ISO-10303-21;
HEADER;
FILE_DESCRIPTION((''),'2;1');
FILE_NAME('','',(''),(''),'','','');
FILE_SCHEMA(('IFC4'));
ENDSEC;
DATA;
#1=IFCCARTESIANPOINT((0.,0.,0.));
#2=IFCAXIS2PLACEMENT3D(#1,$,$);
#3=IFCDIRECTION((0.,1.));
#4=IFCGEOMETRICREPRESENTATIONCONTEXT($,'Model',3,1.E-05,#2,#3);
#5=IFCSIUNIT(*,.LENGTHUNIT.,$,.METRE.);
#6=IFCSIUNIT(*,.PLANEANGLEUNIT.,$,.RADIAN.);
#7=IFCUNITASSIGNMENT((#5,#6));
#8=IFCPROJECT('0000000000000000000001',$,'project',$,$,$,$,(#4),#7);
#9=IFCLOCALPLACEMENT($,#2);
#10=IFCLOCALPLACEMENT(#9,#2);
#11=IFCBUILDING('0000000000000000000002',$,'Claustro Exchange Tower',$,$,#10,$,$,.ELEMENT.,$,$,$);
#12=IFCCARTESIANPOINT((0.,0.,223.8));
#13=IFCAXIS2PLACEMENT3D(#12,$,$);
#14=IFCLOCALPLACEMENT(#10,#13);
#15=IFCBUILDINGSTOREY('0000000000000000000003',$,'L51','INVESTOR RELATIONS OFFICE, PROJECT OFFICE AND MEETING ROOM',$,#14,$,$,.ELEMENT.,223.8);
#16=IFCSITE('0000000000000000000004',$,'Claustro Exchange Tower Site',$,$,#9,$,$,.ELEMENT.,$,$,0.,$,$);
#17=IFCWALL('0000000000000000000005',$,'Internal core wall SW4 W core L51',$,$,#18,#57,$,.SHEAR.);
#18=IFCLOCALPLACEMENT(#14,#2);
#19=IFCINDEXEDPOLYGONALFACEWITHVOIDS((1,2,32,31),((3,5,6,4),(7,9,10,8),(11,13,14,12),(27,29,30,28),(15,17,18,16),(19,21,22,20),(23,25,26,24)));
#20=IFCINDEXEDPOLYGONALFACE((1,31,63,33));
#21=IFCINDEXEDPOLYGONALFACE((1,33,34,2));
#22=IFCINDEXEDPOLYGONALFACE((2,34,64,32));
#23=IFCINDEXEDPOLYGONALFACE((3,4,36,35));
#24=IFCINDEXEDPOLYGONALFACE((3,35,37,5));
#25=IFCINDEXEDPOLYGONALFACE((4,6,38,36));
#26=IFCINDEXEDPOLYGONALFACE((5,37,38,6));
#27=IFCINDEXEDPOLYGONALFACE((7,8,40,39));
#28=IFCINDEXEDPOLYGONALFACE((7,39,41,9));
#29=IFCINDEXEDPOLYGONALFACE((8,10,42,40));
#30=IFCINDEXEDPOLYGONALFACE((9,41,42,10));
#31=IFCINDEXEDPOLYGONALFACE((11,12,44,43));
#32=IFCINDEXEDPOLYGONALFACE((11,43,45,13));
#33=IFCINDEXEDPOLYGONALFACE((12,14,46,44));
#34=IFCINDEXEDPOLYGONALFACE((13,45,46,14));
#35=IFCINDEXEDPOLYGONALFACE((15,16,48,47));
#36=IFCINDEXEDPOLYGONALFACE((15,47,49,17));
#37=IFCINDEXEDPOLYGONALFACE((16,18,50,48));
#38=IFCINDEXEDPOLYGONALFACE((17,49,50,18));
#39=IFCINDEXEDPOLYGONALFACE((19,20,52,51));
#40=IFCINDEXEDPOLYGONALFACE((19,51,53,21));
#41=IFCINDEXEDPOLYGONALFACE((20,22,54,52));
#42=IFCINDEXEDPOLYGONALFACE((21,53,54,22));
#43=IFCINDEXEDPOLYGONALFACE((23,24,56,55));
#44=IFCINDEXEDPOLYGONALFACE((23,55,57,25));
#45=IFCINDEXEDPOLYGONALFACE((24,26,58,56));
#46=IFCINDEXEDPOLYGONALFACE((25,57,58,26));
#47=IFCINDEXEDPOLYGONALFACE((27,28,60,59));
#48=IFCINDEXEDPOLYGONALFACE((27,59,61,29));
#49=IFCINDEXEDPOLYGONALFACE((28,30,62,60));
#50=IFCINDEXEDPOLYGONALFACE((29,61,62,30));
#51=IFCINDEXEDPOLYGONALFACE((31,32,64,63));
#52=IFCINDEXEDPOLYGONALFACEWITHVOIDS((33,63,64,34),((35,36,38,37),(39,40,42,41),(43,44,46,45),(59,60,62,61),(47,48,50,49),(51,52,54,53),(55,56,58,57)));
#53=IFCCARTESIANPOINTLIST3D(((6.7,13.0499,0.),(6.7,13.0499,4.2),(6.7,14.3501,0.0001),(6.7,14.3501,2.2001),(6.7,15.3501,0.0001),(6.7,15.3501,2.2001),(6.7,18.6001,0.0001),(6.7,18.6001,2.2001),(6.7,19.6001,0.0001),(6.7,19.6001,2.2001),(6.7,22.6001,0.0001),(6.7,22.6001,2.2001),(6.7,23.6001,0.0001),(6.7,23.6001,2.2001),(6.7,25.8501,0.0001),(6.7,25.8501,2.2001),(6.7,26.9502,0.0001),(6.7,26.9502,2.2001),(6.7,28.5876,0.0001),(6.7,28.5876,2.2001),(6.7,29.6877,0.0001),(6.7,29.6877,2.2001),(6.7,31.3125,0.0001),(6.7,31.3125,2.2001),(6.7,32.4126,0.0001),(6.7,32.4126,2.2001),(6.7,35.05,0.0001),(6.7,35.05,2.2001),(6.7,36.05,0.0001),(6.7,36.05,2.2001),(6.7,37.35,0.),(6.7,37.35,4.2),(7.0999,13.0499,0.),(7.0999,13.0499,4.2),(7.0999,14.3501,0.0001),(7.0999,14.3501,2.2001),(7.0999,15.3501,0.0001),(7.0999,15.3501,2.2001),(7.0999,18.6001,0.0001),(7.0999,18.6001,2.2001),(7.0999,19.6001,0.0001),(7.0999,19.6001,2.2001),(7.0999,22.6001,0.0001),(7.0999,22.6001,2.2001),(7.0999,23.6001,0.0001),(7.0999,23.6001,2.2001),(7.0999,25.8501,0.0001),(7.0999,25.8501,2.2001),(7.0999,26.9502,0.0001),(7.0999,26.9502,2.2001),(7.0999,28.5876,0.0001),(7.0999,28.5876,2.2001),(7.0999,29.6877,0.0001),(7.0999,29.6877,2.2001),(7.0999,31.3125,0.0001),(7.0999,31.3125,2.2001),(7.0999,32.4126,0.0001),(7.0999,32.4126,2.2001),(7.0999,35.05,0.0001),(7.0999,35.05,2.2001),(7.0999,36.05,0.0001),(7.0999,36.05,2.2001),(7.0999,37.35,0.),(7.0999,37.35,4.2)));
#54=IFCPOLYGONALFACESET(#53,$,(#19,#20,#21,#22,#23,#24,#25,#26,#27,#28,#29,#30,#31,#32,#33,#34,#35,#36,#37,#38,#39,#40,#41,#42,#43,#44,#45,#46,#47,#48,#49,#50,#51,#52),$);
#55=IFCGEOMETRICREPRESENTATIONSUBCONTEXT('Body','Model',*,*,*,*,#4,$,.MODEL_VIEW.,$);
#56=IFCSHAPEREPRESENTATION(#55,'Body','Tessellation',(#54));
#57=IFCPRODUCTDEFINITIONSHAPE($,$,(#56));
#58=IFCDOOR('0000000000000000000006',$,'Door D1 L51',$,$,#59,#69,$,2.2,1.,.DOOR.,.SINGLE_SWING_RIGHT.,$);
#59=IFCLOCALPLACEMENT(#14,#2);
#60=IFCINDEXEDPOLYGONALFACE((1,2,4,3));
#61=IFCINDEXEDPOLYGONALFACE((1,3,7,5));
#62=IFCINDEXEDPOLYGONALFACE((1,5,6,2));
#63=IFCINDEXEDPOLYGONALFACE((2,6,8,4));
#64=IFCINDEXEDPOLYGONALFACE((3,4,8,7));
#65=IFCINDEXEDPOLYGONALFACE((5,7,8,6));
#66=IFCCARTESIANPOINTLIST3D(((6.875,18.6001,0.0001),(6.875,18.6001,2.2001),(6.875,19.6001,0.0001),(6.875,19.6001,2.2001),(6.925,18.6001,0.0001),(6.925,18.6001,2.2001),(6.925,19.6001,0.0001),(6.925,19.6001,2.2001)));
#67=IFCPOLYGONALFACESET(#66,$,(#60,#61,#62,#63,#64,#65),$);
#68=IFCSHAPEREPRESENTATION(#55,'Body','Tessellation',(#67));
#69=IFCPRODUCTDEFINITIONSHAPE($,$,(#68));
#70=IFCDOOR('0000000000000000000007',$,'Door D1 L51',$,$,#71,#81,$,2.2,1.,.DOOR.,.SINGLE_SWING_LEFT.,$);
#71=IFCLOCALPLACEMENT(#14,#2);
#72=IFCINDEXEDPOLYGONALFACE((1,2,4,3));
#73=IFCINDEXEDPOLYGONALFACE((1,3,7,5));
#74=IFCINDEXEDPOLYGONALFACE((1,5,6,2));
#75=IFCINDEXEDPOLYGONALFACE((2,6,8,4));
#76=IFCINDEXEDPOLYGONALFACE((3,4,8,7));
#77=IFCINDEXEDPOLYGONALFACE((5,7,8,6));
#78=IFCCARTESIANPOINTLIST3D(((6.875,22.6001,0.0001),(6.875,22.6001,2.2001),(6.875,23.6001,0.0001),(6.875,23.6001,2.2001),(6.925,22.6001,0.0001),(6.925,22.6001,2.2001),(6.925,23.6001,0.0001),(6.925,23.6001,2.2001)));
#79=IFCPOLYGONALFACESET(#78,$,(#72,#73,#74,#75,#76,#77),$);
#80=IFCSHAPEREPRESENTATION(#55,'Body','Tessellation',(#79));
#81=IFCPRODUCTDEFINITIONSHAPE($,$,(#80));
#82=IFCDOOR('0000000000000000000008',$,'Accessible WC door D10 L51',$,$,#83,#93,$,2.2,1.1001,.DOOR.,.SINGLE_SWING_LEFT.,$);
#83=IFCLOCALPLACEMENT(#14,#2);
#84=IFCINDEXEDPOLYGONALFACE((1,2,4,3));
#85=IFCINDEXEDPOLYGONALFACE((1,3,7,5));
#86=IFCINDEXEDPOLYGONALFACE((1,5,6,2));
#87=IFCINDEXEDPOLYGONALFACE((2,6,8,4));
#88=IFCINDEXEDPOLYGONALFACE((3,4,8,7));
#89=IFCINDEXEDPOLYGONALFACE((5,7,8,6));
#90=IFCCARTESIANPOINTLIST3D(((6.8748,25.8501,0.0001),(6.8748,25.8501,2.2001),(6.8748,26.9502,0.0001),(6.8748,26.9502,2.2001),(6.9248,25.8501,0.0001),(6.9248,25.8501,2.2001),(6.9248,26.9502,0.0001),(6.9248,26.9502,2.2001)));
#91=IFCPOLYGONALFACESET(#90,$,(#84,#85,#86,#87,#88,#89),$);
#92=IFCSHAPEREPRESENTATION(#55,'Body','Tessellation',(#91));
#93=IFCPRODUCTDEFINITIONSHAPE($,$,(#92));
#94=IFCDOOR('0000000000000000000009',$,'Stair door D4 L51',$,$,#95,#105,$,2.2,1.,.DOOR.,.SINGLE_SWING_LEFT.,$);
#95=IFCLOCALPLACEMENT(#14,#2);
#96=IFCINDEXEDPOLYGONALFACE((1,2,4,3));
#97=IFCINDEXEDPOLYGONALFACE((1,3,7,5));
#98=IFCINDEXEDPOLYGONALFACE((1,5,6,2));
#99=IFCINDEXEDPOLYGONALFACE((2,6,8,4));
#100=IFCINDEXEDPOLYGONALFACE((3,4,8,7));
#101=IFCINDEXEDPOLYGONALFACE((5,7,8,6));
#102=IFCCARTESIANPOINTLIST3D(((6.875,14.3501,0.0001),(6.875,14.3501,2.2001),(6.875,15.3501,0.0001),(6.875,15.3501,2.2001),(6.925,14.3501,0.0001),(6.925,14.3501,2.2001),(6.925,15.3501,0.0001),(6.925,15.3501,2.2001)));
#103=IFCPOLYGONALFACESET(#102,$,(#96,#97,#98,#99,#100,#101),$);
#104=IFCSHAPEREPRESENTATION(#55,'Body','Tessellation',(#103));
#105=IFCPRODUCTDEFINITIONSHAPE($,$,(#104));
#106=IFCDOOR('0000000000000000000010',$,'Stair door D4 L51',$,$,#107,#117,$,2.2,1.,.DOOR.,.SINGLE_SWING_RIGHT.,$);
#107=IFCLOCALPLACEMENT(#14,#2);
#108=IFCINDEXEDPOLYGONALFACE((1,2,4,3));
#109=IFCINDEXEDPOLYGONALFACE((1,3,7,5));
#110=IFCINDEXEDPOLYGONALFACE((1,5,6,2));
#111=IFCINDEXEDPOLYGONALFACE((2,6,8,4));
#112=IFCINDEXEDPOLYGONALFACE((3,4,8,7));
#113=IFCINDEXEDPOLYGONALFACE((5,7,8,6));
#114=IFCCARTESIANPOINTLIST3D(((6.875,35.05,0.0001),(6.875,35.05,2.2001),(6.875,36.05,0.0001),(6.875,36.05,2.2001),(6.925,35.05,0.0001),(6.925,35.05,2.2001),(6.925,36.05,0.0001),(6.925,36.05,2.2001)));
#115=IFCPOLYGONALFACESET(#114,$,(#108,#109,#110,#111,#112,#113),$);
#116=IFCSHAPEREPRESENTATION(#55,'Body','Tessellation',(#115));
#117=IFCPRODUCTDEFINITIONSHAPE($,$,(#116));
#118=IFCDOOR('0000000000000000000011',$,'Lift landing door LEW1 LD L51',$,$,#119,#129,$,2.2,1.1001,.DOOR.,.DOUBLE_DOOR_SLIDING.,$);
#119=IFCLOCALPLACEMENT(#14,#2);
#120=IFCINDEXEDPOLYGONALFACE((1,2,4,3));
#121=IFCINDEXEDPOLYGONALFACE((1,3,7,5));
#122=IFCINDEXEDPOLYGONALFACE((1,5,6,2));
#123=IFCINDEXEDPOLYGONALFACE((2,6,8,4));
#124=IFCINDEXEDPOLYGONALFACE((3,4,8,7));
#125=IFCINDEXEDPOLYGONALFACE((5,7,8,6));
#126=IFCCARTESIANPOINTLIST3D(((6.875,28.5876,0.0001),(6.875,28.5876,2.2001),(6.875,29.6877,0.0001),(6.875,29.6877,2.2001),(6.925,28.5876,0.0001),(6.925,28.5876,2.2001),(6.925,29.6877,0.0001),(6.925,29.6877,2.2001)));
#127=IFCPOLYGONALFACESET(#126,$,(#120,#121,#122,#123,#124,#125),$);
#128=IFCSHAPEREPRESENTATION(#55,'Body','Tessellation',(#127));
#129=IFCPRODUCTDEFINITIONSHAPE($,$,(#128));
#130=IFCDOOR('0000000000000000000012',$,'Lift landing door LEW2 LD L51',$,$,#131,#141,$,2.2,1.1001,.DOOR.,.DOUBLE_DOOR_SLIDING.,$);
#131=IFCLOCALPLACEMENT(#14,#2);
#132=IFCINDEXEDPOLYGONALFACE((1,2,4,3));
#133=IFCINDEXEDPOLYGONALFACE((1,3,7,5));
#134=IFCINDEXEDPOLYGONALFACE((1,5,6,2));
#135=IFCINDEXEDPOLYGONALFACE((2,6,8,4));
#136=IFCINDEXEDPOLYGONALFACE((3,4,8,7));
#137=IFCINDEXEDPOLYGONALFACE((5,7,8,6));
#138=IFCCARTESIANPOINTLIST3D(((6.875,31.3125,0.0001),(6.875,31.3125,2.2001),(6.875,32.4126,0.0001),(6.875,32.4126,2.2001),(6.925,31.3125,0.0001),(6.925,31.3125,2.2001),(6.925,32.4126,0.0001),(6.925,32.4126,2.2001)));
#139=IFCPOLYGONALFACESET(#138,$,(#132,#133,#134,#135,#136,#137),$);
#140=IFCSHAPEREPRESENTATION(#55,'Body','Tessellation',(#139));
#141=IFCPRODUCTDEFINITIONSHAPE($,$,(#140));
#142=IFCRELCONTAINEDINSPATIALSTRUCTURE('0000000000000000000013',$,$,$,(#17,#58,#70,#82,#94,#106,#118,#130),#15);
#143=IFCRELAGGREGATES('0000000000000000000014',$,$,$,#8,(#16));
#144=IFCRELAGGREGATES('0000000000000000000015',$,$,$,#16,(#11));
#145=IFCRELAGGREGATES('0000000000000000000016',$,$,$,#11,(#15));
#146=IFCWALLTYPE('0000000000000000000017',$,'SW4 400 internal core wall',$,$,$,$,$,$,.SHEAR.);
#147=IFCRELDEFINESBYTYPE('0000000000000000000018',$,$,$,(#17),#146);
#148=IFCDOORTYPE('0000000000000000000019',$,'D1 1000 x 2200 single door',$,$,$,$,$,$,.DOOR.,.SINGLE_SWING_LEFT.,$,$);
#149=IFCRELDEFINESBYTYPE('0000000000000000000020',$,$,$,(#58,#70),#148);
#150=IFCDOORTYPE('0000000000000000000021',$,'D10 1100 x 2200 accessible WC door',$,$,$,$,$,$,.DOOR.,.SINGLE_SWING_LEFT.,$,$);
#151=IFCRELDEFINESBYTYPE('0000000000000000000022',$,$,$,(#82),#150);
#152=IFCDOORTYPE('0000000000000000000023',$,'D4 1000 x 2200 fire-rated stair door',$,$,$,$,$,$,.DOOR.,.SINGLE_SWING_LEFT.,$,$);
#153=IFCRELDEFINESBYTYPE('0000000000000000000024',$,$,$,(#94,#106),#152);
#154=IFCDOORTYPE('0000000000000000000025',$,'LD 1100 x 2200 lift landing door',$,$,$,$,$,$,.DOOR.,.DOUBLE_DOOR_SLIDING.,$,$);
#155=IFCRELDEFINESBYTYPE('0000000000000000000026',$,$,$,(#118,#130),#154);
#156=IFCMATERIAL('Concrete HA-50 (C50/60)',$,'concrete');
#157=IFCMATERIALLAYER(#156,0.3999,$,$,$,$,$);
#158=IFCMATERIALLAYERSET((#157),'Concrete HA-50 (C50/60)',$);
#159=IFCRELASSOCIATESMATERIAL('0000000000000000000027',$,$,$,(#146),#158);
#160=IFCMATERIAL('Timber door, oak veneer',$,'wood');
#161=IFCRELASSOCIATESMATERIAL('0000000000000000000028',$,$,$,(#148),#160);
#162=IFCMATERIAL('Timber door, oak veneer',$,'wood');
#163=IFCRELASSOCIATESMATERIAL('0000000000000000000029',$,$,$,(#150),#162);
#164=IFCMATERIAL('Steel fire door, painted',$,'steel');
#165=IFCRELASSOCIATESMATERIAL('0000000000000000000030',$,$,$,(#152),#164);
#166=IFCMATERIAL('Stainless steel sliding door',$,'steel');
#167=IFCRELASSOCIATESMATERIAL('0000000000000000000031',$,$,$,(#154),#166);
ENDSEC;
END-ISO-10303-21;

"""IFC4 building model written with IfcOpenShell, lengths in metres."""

from ifc_helpers import new_model, si_unit, direction, frame, frame_2d, origin, place, context, subcontext, project, spatial, rectangle, extrude, material, layer, layer_set, type_object, element, fill, save


model = new_model("IFC4")

# Units and contexts
model_context = context("Model", 3, precision=1e-05, world=origin(), true_north=direction((0.0, 1.0)))
body_context = subcontext(model_context, "Body", "Model", "MODEL_VIEW")
ifc_project = project(units=[si_unit("LENGTHUNIT", "METRE"), si_unit("PLANEANGLEUNIT", "RADIAN")], contexts=[model_context])

# Site, building, storey
site_placement = place(None, origin())
site = spatial("IfcSite", under=ifc_project, at=site_placement, Name="Claustro Exchange Tower Site", CompositionType="ELEMENT", RefElevation=0.0)
building_placement = place(site_placement, origin())
building = spatial("IfcBuilding", under=site, at=building_placement, Name="Claustro Exchange Tower", CompositionType="ELEMENT")
storey_placement = place(building_placement, frame((0.0, 0.0, 223.8)))
storey = spatial("IfcBuildingStorey", under=building, at=storey_placement, Name="L51", Description="INVESTOR RELATIONS OFFICE, PROJECT OFFICE AND MEETING ROOM", CompositionType="ELEMENT", Elevation=223.8)

# Wall, openings, doors
ifc_material_1 = material(Name="Concrete HA-50 (C50/60)", Category="concrete")
ifc_layer_1 = layer(ifc_material_1, 0.3999)
ifc_layer_set_1 = layer_set([ifc_layer_1], Name="Concrete HA-50 (C50/60)")
wall_type_1 = type_object("IfcWallType", Name="SW4 400 internal core wall", PredefinedType="SHEAR", material=ifc_layer_set_1)
wall_1_placement = place(storey_placement, frame((6.8999, 13.05, 0.0), z_axis=(0.0, 0.0, 1.0), x_axis=(0.0, 1.0, 0.0)))
wall_1 = element("IfcWall", 1, at=wall_1_placement, inside=storey, type_object=wall_type_1, Name="Internal core wall SW4 W core L51", PredefinedType="SHEAR", context=body_context, shape_type="SweptSolid", body=[
    extrude(rectangle(XDim=24.3, YDim=0.3999, at=frame_2d((12.1499, 0.0))), origin(), (0.0, 0.0, 1.0), 4.2),
])
opening_1_placement = place(wall_1_placement, frame((1.3, 0.0, 0.0)))
opening_1 = element("IfcOpeningElement", 2, at=opening_1_placement, cuts=wall_1, PredefinedType="OPENING", context=body_context, shape_type="SweptSolid", body=[
    extrude(rectangle(XDim=1.0, YDim=2.2, at=frame_2d((0.5, 1.1001))), frame((0.0, 0.21, 0.0), z_axis=(0.0, -1.0, 0.0), x_axis=(1.0, 0.0, 0.0)), (0.0, 0.0, 1.0), 0.4199),
])
opening_2_placement = place(wall_1_placement, frame((22.0, 0.0, 0.0)))
opening_2 = element("IfcOpeningElement", 3, at=opening_2_placement, cuts=wall_1, PredefinedType="OPENING", context=body_context, shape_type="SweptSolid", body=[
    extrude(rectangle(XDim=1.0, YDim=2.2, at=frame_2d((0.5, 1.1001))), frame((0.0, 0.21, 0.0), z_axis=(0.0, -1.0, 0.0), x_axis=(1.0, 0.0, 0.0)), (0.0, 0.0, 1.0), 0.4199),
])
opening_3_placement = place(wall_1_placement, frame((5.55, 0.0, 0.0)))
opening_3 = element("IfcOpeningElement", 4, at=opening_3_placement, cuts=wall_1, PredefinedType="OPENING", context=body_context, shape_type="SweptSolid", body=[
    extrude(rectangle(XDim=1.0, YDim=2.2, at=frame_2d((0.5, 1.1001))), frame((0.0, 0.21, 0.0), z_axis=(0.0, -1.0, 0.0), x_axis=(1.0, 0.0, 0.0)), (0.0, 0.0, 1.0), 0.4199),
])
opening_4_placement = place(wall_1_placement, frame((9.55, 0.0, 0.0)))
opening_4 = element("IfcOpeningElement", 5, at=opening_4_placement, cuts=wall_1, PredefinedType="OPENING", context=body_context, shape_type="SweptSolid", body=[
    extrude(rectangle(XDim=1.0, YDim=2.2, at=frame_2d((0.5, 1.1001))), frame((0.0, 0.21, 0.0), z_axis=(0.0, -1.0, 0.0), x_axis=(1.0, 0.0, 0.0)), (0.0, 0.0, 1.0), 0.4199),
])
opening_5_placement = place(wall_1_placement, frame((12.8, 0.0, 0.0)))
opening_5 = element("IfcOpeningElement", 6, at=opening_5_placement, cuts=wall_1, PredefinedType="OPENING", context=body_context, shape_type="SweptSolid", body=[
    extrude(rectangle(XDim=1.1001, YDim=2.2, at=frame_2d((0.55, 1.1001))), frame((0.0, 0.21, 0.0), z_axis=(0.0, -1.0, 0.0), x_axis=(1.0, 0.0, 0.0)), (0.0, 0.0, 1.0), 0.4199),
])
opening_6_placement = place(wall_1_placement, frame((15.5376, 0.0, 0.0)))
opening_6 = element("IfcOpeningElement", 7, at=opening_6_placement, cuts=wall_1, PredefinedType="OPENING", context=body_context, shape_type="SweptSolid", body=[
    extrude(rectangle(XDim=1.1001, YDim=2.2, at=frame_2d((0.55, 1.1001))), frame((0.0, 0.21, 0.0), z_axis=(0.0, -1.0, 0.0), x_axis=(1.0, 0.0, 0.0)), (0.0, 0.0, 1.0), 0.4199),
])
opening_7_placement = place(wall_1_placement, frame((18.2625, 0.0, 0.0)))
opening_7 = element("IfcOpeningElement", 8, at=opening_7_placement, cuts=wall_1, PredefinedType="OPENING", context=body_context, shape_type="SweptSolid", body=[
    extrude(rectangle(XDim=1.1001, YDim=2.2, at=frame_2d((0.55, 1.1001))), frame((0.0, 0.21, 0.0), z_axis=(0.0, -1.0, 0.0), x_axis=(1.0, 0.0, 0.0)), (0.0, 0.0, 1.0), 0.4199),
])
ifc_material_2 = material(Name="Timber door, oak veneer", Category="wood")
door_type_1 = type_object("IfcDoorType", Name="D1 1000 x 2200 single door", OperationType="SINGLE_SWING_LEFT", PredefinedType="DOOR", material=ifc_material_2)
door_1_placement = place(opening_3_placement, origin())
door_1 = element("IfcDoor", 9, at=door_1_placement, inside=storey, type_object=door_type_1, Name="Door D1 L51", OperationType="SINGLE_SWING_RIGHT", OverallHeight=2.2, OverallWidth=1.0, PredefinedType="DOOR", context=body_context, shape_type="SweptSolid", body=[
    extrude(rectangle(XDim=1.0, YDim=2.2, at=frame_2d((0.5, 1.1001))), frame((0.0, 0.0249, 0.0), z_axis=(0.0, -1.0, 0.0), x_axis=(1.0, 0.0, 0.0)), (0.0, 0.0, 1.0), 0.05),
])
fill(opening_3, door_1)
door_2_placement = place(opening_4_placement, origin())
door_2 = element("IfcDoor", 10, at=door_2_placement, inside=storey, type_object=door_type_1, Name="Door D1 L51", OperationType="SINGLE_SWING_LEFT", OverallHeight=2.2, OverallWidth=1.0, PredefinedType="DOOR", context=body_context, shape_type="SweptSolid", body=[
    extrude(rectangle(XDim=1.0, YDim=2.2, at=frame_2d((0.5, 1.1001))), frame((0.0, 0.0249, 0.0), z_axis=(0.0, -1.0, 0.0), x_axis=(1.0, 0.0, 0.0)), (0.0, 0.0, 1.0), 0.05),
])
fill(opening_4, door_2)
ifc_material_3 = material(Name="Timber door, oak veneer", Category="wood")
door_type_2 = type_object("IfcDoorType", Name="D10 1100 x 2200 accessible WC door", OperationType="SINGLE_SWING_LEFT", PredefinedType="DOOR", material=ifc_material_3)
door_3_placement = place(opening_5_placement, frame((1.1001, 0.0, 0.0), z_axis=(0.0, 0.0, 1.0), x_axis=(-1.0, 0.0, 0.0)))
door_3 = element("IfcDoor", 11, at=door_3_placement, inside=storey, type_object=door_type_2, Name="Accessible WC door D10 L51", OperationType="SINGLE_SWING_LEFT", OverallHeight=2.2, OverallWidth=1.1001, PredefinedType="DOOR", context=body_context, shape_type="SweptSolid", body=[
    extrude(rectangle(XDim=1.1001, YDim=2.2, at=frame_2d((0.55, 1.1001))), frame((0.0, 0.0249, 0.0), z_axis=(0.0, -1.0, 0.0), x_axis=(1.0, 0.0, 0.0)), (0.0, 0.0, 1.0), 0.05),
])
fill(opening_5, door_3)
ifc_material_4 = material(Name="Steel fire door, painted", Category="steel")
door_type_3 = type_object("IfcDoorType", Name="D4 1000 x 2200 fire-rated stair door", OperationType="SINGLE_SWING_LEFT", PredefinedType="DOOR", material=ifc_material_4)
door_4_placement = place(opening_1_placement, origin())
door_4 = element("IfcDoor", 12, at=door_4_placement, inside=storey, type_object=door_type_3, Name="Stair door D4 L51", OperationType="SINGLE_SWING_LEFT", OverallHeight=2.2, OverallWidth=1.0, PredefinedType="DOOR", context=body_context, shape_type="SweptSolid", body=[
    extrude(rectangle(XDim=1.0, YDim=2.2, at=frame_2d((0.5, 1.1001))), frame((0.0, 0.0249, 0.0), z_axis=(0.0, -1.0, 0.0), x_axis=(1.0, 0.0, 0.0)), (0.0, 0.0, 1.0), 0.05),
])
fill(opening_1, door_4)
door_5_placement = place(opening_2_placement, origin())
door_5 = element("IfcDoor", 13, at=door_5_placement, inside=storey, type_object=door_type_3, Name="Stair door D4 L51", OperationType="SINGLE_SWING_RIGHT", OverallHeight=2.2, OverallWidth=1.0, PredefinedType="DOOR", context=body_context, shape_type="SweptSolid", body=[
    extrude(rectangle(XDim=1.0, YDim=2.2, at=frame_2d((0.5, 1.1001))), frame((0.0, 0.0249, 0.0), z_axis=(0.0, -1.0, 0.0), x_axis=(1.0, 0.0, 0.0)), (0.0, 0.0, 1.0), 0.05),
])
fill(opening_2, door_5)
ifc_material_5 = material(Name="Stainless steel sliding door", Category="steel")
door_type_4 = type_object("IfcDoorType", Name="LD 1100 x 2200 lift landing door", OperationType="DOUBLE_DOOR_SLIDING", PredefinedType="DOOR", material=ifc_material_5)
door_6_placement = place(opening_6_placement, origin())
door_6 = element("IfcDoor", 14, at=door_6_placement, inside=storey, type_object=door_type_4, Name="Lift landing door LEW1 LD L51", OperationType="DOUBLE_DOOR_SLIDING", OverallHeight=2.2, OverallWidth=1.1001, PredefinedType="DOOR", context=body_context, shape_type="SweptSolid", body=[
    extrude(rectangle(XDim=1.1001, YDim=2.2, at=frame_2d((0.55, 1.1001))), frame((0.0, 0.0249, 0.0), z_axis=(0.0, -1.0, 0.0), x_axis=(1.0, 0.0, 0.0)), (0.0, 0.0, 1.0), 0.05),
])
fill(opening_6, door_6)
door_7_placement = place(opening_7_placement, origin())
door_7 = element("IfcDoor", 15, at=door_7_placement, inside=storey, type_object=door_type_4, Name="Lift landing door LEW2 LD L51", OperationType="DOUBLE_DOOR_SLIDING", OverallHeight=2.2, OverallWidth=1.1001, PredefinedType="DOOR", context=body_context, shape_type="SweptSolid", body=[
    extrude(rectangle(XDim=1.1001, YDim=2.2, at=frame_2d((0.55, 1.1001))), frame((0.0, 0.0249, 0.0), z_axis=(0.0, -1.0, 0.0), x_axis=(1.0, 0.0, 0.0)), (0.0, 0.0, 1.0), 0.05),
])
fill(opening_7, door_7)

save(model, "model.ifc")
